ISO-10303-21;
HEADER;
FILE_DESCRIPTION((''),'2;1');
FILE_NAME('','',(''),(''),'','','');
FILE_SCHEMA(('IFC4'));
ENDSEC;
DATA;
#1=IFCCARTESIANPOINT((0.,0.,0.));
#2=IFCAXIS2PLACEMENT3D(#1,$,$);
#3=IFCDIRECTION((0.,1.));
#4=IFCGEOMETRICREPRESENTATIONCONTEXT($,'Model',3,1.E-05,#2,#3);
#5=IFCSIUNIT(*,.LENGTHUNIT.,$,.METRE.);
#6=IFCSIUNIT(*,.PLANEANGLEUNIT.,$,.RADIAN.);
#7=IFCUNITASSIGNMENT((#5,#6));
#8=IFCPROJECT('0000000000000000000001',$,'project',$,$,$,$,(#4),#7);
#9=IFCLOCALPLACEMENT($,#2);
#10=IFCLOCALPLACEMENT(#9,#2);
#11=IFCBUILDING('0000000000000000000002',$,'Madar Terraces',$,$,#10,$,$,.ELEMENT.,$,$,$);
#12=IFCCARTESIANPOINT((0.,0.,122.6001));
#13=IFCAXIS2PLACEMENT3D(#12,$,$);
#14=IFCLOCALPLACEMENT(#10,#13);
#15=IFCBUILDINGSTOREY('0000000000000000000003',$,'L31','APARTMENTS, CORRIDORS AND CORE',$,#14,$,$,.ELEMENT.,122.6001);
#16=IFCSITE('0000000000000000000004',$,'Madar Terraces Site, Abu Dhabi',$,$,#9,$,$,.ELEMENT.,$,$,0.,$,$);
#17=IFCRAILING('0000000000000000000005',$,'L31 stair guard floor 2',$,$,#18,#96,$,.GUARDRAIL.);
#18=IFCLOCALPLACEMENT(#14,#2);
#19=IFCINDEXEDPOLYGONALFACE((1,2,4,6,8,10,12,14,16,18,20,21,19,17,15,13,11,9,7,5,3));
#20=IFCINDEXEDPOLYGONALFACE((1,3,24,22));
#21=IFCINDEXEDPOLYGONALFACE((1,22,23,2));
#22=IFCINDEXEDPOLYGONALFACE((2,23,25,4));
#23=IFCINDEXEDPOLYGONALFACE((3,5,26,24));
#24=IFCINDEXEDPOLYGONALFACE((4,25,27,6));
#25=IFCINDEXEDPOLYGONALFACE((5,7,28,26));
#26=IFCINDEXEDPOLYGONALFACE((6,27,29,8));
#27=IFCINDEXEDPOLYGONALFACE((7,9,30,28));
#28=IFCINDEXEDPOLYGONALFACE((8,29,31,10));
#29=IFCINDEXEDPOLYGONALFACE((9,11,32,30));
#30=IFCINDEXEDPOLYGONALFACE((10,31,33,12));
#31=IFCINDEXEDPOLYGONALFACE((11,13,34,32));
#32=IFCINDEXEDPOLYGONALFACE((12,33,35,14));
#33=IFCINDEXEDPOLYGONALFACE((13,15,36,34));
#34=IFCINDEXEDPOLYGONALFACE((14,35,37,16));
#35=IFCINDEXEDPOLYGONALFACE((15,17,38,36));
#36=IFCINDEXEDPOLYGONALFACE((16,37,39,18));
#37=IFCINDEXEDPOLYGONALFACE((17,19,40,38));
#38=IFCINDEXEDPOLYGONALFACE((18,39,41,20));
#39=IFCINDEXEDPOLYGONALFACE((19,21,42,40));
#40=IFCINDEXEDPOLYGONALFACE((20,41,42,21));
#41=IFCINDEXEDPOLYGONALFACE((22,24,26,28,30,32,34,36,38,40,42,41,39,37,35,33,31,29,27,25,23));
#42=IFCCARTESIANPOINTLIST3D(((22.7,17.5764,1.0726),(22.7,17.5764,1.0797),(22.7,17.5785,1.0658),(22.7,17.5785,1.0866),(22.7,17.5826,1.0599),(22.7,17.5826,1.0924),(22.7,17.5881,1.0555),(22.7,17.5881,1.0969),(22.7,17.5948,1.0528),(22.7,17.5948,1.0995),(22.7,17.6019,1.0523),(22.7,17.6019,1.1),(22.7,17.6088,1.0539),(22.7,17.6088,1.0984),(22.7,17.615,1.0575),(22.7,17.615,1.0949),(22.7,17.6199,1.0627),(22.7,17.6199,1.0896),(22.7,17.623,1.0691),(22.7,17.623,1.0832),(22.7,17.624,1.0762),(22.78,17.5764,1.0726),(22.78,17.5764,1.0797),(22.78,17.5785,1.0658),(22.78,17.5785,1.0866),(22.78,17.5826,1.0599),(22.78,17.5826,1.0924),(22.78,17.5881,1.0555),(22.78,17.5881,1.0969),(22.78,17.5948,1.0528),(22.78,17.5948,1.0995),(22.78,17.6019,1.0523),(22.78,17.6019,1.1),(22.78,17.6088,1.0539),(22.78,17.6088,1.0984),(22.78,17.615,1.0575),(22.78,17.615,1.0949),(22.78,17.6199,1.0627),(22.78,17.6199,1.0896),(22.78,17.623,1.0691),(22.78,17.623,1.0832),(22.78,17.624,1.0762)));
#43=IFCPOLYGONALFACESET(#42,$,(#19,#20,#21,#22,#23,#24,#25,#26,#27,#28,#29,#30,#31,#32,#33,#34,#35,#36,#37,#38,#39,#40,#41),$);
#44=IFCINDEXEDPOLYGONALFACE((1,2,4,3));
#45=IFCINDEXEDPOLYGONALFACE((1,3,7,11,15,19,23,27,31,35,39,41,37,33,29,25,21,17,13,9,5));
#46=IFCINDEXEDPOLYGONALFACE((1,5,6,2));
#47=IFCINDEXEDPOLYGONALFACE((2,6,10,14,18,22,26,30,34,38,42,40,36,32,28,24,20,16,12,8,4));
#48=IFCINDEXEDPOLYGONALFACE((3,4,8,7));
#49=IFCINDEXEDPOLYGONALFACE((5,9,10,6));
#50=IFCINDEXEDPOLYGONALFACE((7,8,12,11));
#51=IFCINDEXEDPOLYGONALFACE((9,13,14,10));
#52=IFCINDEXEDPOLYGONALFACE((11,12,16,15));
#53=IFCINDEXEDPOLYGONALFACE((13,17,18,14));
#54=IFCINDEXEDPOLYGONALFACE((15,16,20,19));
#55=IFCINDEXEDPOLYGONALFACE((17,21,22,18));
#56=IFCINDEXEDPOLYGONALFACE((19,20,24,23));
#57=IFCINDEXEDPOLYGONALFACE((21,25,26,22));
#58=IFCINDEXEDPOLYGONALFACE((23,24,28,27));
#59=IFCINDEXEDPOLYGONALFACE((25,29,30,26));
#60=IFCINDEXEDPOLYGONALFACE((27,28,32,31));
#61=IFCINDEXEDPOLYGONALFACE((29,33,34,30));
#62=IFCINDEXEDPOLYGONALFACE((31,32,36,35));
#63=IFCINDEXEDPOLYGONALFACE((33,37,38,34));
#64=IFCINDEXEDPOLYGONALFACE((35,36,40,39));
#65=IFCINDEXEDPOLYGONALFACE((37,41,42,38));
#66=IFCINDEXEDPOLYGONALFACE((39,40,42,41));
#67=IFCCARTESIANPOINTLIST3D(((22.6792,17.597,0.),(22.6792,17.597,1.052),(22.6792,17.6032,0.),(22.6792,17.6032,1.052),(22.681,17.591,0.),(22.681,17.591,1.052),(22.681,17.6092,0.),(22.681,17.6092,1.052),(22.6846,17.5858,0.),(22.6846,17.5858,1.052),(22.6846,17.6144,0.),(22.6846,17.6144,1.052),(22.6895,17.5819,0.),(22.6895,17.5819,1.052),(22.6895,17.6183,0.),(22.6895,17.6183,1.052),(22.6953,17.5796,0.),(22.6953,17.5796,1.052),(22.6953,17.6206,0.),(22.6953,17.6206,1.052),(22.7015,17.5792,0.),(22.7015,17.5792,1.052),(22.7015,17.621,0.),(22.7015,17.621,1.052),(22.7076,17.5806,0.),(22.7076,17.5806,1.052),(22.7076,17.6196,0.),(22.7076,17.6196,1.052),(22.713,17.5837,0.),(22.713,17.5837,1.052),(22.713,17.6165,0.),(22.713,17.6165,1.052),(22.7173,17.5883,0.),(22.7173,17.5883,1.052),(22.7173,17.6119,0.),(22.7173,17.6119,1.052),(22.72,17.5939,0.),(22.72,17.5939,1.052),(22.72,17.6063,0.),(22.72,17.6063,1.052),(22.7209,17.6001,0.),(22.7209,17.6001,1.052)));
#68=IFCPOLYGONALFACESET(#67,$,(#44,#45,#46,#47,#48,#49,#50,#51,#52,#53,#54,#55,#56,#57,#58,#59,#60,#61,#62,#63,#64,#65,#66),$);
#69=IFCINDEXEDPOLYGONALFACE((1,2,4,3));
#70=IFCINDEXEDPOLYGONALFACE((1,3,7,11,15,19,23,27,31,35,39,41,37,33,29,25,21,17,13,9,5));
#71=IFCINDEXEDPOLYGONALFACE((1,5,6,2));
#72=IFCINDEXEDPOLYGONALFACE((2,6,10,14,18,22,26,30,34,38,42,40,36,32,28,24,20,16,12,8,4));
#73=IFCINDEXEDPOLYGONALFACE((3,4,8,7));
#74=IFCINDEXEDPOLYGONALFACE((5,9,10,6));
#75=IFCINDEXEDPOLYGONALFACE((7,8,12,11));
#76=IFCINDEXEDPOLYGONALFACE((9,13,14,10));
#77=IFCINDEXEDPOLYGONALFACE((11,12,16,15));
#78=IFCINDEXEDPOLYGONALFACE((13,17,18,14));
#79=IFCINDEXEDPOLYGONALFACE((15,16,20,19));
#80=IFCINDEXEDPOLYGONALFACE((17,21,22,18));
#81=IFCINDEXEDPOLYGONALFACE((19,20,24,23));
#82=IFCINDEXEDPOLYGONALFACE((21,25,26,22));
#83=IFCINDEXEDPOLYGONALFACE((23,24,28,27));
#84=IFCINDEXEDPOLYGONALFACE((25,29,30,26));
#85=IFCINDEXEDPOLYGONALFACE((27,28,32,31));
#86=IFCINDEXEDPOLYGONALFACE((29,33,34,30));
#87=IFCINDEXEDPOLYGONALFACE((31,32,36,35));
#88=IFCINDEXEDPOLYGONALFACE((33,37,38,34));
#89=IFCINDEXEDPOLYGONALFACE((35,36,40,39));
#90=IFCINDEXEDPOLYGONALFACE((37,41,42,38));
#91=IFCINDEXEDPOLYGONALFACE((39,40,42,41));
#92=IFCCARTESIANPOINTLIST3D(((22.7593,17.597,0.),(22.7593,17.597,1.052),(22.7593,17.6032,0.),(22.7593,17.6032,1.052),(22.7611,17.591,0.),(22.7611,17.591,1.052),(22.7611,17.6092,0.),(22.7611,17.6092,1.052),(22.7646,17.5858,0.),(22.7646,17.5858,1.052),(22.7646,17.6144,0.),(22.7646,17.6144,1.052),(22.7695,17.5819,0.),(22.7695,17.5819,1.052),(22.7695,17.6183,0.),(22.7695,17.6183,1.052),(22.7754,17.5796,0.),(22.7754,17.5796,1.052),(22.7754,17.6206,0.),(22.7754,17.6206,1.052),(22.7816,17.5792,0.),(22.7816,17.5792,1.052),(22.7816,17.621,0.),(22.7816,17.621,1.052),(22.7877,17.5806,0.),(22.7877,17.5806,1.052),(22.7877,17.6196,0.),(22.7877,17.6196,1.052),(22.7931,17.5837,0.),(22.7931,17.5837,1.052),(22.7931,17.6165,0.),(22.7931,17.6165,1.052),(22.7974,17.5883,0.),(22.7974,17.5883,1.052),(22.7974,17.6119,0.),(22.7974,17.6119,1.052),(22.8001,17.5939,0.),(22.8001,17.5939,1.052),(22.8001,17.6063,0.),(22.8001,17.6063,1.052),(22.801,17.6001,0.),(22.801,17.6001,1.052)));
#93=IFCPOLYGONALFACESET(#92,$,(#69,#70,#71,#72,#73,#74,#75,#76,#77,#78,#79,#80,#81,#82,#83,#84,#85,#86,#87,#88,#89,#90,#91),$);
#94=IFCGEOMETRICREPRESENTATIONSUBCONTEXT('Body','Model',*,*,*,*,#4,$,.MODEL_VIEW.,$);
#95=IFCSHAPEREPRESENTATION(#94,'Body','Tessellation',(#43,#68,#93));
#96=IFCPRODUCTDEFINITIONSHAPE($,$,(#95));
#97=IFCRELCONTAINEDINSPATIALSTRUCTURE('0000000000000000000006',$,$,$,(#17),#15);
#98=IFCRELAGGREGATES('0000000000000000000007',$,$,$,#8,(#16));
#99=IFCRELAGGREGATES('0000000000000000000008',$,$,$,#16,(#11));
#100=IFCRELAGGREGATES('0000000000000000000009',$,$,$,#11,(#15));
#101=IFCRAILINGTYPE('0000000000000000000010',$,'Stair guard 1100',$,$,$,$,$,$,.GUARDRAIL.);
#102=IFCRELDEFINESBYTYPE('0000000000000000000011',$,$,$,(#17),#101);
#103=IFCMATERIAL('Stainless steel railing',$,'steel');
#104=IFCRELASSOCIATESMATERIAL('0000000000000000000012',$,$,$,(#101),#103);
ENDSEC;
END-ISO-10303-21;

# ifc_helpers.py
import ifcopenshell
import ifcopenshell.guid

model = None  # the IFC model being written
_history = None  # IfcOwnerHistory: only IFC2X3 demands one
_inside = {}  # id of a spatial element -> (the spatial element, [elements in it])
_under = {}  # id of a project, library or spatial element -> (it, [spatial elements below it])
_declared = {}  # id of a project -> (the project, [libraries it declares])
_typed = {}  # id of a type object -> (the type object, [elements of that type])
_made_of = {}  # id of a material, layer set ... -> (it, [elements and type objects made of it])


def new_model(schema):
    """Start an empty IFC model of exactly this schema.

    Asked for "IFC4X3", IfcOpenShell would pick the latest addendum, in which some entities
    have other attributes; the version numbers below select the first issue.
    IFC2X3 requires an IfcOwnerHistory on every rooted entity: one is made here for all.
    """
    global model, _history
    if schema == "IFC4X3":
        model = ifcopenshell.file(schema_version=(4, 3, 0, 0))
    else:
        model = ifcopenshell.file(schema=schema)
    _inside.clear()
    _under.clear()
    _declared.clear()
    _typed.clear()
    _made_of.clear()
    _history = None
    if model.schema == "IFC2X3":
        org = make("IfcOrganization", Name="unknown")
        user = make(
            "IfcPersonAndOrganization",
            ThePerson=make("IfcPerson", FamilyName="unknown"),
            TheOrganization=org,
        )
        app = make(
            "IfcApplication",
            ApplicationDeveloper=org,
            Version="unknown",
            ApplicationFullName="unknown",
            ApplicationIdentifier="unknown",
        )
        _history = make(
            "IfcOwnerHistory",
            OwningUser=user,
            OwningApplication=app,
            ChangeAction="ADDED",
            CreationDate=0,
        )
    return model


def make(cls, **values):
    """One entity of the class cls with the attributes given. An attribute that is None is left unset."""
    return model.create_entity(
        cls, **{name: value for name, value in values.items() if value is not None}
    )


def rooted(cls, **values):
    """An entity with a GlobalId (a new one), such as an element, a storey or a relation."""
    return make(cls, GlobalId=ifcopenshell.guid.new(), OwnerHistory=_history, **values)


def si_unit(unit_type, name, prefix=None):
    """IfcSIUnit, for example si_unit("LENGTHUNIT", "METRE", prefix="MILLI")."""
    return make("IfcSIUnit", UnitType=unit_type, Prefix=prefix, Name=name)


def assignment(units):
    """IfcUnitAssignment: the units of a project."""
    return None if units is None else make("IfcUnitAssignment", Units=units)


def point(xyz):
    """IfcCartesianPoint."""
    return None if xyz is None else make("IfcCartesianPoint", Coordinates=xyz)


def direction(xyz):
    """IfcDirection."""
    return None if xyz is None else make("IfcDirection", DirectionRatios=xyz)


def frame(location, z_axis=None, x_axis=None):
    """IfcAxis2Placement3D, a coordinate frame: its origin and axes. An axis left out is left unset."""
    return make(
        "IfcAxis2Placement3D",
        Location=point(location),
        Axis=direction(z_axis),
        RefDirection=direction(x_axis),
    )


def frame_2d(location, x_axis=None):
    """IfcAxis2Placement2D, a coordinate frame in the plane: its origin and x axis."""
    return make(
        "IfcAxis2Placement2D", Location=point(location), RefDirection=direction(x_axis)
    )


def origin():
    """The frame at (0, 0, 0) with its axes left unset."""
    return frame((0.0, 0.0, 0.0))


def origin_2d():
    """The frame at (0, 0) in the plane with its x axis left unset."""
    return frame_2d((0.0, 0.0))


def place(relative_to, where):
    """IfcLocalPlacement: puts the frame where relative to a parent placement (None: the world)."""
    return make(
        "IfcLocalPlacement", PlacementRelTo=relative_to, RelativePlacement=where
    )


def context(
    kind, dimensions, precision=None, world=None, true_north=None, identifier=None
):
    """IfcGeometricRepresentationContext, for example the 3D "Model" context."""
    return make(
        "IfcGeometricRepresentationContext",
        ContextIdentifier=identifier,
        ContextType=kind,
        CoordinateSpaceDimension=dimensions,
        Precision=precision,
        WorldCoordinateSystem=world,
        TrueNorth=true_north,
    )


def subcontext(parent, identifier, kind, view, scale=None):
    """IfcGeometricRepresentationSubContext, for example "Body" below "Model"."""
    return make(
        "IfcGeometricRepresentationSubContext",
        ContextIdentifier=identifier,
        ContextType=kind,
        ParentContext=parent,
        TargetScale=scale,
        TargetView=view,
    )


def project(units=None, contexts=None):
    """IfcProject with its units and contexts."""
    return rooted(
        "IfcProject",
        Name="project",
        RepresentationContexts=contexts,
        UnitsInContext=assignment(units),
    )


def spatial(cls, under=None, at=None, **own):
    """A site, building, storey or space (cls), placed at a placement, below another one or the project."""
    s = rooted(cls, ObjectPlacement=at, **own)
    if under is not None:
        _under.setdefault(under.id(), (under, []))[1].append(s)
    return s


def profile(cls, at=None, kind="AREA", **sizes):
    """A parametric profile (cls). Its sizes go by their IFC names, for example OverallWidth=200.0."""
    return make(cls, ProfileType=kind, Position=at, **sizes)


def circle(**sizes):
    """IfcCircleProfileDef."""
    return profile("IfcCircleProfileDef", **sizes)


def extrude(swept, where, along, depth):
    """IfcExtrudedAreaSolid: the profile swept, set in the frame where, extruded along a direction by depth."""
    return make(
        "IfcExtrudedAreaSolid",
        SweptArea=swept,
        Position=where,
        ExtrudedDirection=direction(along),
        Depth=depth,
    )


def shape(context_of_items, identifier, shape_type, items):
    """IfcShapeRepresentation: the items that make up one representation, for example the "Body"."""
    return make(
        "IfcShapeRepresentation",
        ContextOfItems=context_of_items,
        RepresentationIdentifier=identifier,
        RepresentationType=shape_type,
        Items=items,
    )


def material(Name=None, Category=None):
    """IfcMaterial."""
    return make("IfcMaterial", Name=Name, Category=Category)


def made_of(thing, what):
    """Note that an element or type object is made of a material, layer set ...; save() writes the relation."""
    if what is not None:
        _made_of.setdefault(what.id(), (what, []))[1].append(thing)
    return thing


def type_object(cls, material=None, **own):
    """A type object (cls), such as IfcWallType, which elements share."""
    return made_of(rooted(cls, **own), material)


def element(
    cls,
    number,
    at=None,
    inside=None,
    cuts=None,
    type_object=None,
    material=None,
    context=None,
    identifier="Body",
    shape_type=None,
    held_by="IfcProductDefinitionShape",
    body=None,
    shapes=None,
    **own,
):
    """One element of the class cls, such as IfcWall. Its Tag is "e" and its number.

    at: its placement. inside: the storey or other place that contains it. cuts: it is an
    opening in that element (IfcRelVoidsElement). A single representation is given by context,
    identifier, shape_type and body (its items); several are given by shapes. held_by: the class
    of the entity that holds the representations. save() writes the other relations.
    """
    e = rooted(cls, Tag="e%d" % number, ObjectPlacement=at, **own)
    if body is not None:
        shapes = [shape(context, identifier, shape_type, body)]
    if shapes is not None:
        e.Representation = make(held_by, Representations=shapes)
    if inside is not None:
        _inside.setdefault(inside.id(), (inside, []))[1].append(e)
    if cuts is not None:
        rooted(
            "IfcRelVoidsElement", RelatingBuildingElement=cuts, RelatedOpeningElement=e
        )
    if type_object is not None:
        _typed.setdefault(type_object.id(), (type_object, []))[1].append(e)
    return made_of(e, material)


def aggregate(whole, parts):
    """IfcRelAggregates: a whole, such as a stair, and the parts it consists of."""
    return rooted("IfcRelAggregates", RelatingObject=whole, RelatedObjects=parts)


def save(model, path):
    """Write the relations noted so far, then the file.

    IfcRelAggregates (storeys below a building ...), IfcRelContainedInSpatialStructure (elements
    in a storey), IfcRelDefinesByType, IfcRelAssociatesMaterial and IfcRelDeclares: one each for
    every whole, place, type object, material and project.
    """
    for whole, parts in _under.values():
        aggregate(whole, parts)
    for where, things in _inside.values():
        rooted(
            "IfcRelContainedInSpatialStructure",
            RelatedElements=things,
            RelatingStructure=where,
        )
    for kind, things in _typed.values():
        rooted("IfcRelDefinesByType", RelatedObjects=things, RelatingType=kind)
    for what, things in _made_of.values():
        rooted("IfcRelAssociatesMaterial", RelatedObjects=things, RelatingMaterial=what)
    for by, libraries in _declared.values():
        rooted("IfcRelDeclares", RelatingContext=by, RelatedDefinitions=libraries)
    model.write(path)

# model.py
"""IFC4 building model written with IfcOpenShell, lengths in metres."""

from ifc_helpers import new_model, si_unit, direction, frame, origin, origin_2d, place, context, subcontext, project, spatial, circle, extrude, material, type_object, element, save


model = new_model("IFC4")

# Units and contexts
model_context = context("Model", 3, precision=1e-05, world=origin(), true_north=direction((0.0, 1.0)))
body_context = subcontext(model_context, "Body", "Model", "MODEL_VIEW")
ifc_project = project(units=[si_unit("LENGTHUNIT", "METRE"), si_unit("PLANEANGLEUNIT", "RADIAN")], contexts=[model_context])

# Site, building, storey
site_placement = place(None, origin())
site = spatial("IfcSite", under=ifc_project, at=site_placement, Name="Madar Terraces Site, Abu Dhabi", CompositionType="ELEMENT", RefElevation=0.0)
building_placement = place(site_placement, origin())
building = spatial("IfcBuilding", under=site, at=building_placement, Name="Madar Terraces", CompositionType="ELEMENT")
storey_placement = place(building_placement, frame((0.0, 0.0, 122.6001)))
storey = spatial("IfcBuildingStorey", under=building, at=storey_placement, Name="L31", Description="APARTMENTS, CORRIDORS AND CORE", CompositionType="ELEMENT", Elevation=122.6001)

# Railing
ifc_material_1 = material(Name="Stainless steel railing", Category="steel")
railing_type_1 = type_object("IfcRailingType", Name="Stair guard 1100", PredefinedType="GUARDRAIL", material=ifc_material_1)
for number, where, name in (
    (1, (22.7, 17.6001, 0.0), "L31 stair guard floor 2"),
):
    element("IfcRailing", number, at=place(storey_placement, frame(where)), inside=storey, type_object=railing_type_1, Name=name, PredefinedType="GUARDRAIL", context=body_context, shape_type="SweptSolid", body=[
        extrude(circle(Radius=0.0239, at=origin_2d()), frame((0.0, 0.0, 1.0762), z_axis=(1.0, 0.0, 0.0), x_axis=(0.0, 1.0, 0.0)), (0.0, 0.0, 1.0), 0.0801),
        extrude(circle(Radius=0.021, at=origin_2d()), origin(), (0.0, 0.0, 1.0), 1.052),
        extrude(circle(Radius=0.021, at=origin_2d()), frame((0.0801, 0.0, 0.0)), (0.0, 0.0, 1.0), 1.052),
    ])

save(model, "model.ifc")
